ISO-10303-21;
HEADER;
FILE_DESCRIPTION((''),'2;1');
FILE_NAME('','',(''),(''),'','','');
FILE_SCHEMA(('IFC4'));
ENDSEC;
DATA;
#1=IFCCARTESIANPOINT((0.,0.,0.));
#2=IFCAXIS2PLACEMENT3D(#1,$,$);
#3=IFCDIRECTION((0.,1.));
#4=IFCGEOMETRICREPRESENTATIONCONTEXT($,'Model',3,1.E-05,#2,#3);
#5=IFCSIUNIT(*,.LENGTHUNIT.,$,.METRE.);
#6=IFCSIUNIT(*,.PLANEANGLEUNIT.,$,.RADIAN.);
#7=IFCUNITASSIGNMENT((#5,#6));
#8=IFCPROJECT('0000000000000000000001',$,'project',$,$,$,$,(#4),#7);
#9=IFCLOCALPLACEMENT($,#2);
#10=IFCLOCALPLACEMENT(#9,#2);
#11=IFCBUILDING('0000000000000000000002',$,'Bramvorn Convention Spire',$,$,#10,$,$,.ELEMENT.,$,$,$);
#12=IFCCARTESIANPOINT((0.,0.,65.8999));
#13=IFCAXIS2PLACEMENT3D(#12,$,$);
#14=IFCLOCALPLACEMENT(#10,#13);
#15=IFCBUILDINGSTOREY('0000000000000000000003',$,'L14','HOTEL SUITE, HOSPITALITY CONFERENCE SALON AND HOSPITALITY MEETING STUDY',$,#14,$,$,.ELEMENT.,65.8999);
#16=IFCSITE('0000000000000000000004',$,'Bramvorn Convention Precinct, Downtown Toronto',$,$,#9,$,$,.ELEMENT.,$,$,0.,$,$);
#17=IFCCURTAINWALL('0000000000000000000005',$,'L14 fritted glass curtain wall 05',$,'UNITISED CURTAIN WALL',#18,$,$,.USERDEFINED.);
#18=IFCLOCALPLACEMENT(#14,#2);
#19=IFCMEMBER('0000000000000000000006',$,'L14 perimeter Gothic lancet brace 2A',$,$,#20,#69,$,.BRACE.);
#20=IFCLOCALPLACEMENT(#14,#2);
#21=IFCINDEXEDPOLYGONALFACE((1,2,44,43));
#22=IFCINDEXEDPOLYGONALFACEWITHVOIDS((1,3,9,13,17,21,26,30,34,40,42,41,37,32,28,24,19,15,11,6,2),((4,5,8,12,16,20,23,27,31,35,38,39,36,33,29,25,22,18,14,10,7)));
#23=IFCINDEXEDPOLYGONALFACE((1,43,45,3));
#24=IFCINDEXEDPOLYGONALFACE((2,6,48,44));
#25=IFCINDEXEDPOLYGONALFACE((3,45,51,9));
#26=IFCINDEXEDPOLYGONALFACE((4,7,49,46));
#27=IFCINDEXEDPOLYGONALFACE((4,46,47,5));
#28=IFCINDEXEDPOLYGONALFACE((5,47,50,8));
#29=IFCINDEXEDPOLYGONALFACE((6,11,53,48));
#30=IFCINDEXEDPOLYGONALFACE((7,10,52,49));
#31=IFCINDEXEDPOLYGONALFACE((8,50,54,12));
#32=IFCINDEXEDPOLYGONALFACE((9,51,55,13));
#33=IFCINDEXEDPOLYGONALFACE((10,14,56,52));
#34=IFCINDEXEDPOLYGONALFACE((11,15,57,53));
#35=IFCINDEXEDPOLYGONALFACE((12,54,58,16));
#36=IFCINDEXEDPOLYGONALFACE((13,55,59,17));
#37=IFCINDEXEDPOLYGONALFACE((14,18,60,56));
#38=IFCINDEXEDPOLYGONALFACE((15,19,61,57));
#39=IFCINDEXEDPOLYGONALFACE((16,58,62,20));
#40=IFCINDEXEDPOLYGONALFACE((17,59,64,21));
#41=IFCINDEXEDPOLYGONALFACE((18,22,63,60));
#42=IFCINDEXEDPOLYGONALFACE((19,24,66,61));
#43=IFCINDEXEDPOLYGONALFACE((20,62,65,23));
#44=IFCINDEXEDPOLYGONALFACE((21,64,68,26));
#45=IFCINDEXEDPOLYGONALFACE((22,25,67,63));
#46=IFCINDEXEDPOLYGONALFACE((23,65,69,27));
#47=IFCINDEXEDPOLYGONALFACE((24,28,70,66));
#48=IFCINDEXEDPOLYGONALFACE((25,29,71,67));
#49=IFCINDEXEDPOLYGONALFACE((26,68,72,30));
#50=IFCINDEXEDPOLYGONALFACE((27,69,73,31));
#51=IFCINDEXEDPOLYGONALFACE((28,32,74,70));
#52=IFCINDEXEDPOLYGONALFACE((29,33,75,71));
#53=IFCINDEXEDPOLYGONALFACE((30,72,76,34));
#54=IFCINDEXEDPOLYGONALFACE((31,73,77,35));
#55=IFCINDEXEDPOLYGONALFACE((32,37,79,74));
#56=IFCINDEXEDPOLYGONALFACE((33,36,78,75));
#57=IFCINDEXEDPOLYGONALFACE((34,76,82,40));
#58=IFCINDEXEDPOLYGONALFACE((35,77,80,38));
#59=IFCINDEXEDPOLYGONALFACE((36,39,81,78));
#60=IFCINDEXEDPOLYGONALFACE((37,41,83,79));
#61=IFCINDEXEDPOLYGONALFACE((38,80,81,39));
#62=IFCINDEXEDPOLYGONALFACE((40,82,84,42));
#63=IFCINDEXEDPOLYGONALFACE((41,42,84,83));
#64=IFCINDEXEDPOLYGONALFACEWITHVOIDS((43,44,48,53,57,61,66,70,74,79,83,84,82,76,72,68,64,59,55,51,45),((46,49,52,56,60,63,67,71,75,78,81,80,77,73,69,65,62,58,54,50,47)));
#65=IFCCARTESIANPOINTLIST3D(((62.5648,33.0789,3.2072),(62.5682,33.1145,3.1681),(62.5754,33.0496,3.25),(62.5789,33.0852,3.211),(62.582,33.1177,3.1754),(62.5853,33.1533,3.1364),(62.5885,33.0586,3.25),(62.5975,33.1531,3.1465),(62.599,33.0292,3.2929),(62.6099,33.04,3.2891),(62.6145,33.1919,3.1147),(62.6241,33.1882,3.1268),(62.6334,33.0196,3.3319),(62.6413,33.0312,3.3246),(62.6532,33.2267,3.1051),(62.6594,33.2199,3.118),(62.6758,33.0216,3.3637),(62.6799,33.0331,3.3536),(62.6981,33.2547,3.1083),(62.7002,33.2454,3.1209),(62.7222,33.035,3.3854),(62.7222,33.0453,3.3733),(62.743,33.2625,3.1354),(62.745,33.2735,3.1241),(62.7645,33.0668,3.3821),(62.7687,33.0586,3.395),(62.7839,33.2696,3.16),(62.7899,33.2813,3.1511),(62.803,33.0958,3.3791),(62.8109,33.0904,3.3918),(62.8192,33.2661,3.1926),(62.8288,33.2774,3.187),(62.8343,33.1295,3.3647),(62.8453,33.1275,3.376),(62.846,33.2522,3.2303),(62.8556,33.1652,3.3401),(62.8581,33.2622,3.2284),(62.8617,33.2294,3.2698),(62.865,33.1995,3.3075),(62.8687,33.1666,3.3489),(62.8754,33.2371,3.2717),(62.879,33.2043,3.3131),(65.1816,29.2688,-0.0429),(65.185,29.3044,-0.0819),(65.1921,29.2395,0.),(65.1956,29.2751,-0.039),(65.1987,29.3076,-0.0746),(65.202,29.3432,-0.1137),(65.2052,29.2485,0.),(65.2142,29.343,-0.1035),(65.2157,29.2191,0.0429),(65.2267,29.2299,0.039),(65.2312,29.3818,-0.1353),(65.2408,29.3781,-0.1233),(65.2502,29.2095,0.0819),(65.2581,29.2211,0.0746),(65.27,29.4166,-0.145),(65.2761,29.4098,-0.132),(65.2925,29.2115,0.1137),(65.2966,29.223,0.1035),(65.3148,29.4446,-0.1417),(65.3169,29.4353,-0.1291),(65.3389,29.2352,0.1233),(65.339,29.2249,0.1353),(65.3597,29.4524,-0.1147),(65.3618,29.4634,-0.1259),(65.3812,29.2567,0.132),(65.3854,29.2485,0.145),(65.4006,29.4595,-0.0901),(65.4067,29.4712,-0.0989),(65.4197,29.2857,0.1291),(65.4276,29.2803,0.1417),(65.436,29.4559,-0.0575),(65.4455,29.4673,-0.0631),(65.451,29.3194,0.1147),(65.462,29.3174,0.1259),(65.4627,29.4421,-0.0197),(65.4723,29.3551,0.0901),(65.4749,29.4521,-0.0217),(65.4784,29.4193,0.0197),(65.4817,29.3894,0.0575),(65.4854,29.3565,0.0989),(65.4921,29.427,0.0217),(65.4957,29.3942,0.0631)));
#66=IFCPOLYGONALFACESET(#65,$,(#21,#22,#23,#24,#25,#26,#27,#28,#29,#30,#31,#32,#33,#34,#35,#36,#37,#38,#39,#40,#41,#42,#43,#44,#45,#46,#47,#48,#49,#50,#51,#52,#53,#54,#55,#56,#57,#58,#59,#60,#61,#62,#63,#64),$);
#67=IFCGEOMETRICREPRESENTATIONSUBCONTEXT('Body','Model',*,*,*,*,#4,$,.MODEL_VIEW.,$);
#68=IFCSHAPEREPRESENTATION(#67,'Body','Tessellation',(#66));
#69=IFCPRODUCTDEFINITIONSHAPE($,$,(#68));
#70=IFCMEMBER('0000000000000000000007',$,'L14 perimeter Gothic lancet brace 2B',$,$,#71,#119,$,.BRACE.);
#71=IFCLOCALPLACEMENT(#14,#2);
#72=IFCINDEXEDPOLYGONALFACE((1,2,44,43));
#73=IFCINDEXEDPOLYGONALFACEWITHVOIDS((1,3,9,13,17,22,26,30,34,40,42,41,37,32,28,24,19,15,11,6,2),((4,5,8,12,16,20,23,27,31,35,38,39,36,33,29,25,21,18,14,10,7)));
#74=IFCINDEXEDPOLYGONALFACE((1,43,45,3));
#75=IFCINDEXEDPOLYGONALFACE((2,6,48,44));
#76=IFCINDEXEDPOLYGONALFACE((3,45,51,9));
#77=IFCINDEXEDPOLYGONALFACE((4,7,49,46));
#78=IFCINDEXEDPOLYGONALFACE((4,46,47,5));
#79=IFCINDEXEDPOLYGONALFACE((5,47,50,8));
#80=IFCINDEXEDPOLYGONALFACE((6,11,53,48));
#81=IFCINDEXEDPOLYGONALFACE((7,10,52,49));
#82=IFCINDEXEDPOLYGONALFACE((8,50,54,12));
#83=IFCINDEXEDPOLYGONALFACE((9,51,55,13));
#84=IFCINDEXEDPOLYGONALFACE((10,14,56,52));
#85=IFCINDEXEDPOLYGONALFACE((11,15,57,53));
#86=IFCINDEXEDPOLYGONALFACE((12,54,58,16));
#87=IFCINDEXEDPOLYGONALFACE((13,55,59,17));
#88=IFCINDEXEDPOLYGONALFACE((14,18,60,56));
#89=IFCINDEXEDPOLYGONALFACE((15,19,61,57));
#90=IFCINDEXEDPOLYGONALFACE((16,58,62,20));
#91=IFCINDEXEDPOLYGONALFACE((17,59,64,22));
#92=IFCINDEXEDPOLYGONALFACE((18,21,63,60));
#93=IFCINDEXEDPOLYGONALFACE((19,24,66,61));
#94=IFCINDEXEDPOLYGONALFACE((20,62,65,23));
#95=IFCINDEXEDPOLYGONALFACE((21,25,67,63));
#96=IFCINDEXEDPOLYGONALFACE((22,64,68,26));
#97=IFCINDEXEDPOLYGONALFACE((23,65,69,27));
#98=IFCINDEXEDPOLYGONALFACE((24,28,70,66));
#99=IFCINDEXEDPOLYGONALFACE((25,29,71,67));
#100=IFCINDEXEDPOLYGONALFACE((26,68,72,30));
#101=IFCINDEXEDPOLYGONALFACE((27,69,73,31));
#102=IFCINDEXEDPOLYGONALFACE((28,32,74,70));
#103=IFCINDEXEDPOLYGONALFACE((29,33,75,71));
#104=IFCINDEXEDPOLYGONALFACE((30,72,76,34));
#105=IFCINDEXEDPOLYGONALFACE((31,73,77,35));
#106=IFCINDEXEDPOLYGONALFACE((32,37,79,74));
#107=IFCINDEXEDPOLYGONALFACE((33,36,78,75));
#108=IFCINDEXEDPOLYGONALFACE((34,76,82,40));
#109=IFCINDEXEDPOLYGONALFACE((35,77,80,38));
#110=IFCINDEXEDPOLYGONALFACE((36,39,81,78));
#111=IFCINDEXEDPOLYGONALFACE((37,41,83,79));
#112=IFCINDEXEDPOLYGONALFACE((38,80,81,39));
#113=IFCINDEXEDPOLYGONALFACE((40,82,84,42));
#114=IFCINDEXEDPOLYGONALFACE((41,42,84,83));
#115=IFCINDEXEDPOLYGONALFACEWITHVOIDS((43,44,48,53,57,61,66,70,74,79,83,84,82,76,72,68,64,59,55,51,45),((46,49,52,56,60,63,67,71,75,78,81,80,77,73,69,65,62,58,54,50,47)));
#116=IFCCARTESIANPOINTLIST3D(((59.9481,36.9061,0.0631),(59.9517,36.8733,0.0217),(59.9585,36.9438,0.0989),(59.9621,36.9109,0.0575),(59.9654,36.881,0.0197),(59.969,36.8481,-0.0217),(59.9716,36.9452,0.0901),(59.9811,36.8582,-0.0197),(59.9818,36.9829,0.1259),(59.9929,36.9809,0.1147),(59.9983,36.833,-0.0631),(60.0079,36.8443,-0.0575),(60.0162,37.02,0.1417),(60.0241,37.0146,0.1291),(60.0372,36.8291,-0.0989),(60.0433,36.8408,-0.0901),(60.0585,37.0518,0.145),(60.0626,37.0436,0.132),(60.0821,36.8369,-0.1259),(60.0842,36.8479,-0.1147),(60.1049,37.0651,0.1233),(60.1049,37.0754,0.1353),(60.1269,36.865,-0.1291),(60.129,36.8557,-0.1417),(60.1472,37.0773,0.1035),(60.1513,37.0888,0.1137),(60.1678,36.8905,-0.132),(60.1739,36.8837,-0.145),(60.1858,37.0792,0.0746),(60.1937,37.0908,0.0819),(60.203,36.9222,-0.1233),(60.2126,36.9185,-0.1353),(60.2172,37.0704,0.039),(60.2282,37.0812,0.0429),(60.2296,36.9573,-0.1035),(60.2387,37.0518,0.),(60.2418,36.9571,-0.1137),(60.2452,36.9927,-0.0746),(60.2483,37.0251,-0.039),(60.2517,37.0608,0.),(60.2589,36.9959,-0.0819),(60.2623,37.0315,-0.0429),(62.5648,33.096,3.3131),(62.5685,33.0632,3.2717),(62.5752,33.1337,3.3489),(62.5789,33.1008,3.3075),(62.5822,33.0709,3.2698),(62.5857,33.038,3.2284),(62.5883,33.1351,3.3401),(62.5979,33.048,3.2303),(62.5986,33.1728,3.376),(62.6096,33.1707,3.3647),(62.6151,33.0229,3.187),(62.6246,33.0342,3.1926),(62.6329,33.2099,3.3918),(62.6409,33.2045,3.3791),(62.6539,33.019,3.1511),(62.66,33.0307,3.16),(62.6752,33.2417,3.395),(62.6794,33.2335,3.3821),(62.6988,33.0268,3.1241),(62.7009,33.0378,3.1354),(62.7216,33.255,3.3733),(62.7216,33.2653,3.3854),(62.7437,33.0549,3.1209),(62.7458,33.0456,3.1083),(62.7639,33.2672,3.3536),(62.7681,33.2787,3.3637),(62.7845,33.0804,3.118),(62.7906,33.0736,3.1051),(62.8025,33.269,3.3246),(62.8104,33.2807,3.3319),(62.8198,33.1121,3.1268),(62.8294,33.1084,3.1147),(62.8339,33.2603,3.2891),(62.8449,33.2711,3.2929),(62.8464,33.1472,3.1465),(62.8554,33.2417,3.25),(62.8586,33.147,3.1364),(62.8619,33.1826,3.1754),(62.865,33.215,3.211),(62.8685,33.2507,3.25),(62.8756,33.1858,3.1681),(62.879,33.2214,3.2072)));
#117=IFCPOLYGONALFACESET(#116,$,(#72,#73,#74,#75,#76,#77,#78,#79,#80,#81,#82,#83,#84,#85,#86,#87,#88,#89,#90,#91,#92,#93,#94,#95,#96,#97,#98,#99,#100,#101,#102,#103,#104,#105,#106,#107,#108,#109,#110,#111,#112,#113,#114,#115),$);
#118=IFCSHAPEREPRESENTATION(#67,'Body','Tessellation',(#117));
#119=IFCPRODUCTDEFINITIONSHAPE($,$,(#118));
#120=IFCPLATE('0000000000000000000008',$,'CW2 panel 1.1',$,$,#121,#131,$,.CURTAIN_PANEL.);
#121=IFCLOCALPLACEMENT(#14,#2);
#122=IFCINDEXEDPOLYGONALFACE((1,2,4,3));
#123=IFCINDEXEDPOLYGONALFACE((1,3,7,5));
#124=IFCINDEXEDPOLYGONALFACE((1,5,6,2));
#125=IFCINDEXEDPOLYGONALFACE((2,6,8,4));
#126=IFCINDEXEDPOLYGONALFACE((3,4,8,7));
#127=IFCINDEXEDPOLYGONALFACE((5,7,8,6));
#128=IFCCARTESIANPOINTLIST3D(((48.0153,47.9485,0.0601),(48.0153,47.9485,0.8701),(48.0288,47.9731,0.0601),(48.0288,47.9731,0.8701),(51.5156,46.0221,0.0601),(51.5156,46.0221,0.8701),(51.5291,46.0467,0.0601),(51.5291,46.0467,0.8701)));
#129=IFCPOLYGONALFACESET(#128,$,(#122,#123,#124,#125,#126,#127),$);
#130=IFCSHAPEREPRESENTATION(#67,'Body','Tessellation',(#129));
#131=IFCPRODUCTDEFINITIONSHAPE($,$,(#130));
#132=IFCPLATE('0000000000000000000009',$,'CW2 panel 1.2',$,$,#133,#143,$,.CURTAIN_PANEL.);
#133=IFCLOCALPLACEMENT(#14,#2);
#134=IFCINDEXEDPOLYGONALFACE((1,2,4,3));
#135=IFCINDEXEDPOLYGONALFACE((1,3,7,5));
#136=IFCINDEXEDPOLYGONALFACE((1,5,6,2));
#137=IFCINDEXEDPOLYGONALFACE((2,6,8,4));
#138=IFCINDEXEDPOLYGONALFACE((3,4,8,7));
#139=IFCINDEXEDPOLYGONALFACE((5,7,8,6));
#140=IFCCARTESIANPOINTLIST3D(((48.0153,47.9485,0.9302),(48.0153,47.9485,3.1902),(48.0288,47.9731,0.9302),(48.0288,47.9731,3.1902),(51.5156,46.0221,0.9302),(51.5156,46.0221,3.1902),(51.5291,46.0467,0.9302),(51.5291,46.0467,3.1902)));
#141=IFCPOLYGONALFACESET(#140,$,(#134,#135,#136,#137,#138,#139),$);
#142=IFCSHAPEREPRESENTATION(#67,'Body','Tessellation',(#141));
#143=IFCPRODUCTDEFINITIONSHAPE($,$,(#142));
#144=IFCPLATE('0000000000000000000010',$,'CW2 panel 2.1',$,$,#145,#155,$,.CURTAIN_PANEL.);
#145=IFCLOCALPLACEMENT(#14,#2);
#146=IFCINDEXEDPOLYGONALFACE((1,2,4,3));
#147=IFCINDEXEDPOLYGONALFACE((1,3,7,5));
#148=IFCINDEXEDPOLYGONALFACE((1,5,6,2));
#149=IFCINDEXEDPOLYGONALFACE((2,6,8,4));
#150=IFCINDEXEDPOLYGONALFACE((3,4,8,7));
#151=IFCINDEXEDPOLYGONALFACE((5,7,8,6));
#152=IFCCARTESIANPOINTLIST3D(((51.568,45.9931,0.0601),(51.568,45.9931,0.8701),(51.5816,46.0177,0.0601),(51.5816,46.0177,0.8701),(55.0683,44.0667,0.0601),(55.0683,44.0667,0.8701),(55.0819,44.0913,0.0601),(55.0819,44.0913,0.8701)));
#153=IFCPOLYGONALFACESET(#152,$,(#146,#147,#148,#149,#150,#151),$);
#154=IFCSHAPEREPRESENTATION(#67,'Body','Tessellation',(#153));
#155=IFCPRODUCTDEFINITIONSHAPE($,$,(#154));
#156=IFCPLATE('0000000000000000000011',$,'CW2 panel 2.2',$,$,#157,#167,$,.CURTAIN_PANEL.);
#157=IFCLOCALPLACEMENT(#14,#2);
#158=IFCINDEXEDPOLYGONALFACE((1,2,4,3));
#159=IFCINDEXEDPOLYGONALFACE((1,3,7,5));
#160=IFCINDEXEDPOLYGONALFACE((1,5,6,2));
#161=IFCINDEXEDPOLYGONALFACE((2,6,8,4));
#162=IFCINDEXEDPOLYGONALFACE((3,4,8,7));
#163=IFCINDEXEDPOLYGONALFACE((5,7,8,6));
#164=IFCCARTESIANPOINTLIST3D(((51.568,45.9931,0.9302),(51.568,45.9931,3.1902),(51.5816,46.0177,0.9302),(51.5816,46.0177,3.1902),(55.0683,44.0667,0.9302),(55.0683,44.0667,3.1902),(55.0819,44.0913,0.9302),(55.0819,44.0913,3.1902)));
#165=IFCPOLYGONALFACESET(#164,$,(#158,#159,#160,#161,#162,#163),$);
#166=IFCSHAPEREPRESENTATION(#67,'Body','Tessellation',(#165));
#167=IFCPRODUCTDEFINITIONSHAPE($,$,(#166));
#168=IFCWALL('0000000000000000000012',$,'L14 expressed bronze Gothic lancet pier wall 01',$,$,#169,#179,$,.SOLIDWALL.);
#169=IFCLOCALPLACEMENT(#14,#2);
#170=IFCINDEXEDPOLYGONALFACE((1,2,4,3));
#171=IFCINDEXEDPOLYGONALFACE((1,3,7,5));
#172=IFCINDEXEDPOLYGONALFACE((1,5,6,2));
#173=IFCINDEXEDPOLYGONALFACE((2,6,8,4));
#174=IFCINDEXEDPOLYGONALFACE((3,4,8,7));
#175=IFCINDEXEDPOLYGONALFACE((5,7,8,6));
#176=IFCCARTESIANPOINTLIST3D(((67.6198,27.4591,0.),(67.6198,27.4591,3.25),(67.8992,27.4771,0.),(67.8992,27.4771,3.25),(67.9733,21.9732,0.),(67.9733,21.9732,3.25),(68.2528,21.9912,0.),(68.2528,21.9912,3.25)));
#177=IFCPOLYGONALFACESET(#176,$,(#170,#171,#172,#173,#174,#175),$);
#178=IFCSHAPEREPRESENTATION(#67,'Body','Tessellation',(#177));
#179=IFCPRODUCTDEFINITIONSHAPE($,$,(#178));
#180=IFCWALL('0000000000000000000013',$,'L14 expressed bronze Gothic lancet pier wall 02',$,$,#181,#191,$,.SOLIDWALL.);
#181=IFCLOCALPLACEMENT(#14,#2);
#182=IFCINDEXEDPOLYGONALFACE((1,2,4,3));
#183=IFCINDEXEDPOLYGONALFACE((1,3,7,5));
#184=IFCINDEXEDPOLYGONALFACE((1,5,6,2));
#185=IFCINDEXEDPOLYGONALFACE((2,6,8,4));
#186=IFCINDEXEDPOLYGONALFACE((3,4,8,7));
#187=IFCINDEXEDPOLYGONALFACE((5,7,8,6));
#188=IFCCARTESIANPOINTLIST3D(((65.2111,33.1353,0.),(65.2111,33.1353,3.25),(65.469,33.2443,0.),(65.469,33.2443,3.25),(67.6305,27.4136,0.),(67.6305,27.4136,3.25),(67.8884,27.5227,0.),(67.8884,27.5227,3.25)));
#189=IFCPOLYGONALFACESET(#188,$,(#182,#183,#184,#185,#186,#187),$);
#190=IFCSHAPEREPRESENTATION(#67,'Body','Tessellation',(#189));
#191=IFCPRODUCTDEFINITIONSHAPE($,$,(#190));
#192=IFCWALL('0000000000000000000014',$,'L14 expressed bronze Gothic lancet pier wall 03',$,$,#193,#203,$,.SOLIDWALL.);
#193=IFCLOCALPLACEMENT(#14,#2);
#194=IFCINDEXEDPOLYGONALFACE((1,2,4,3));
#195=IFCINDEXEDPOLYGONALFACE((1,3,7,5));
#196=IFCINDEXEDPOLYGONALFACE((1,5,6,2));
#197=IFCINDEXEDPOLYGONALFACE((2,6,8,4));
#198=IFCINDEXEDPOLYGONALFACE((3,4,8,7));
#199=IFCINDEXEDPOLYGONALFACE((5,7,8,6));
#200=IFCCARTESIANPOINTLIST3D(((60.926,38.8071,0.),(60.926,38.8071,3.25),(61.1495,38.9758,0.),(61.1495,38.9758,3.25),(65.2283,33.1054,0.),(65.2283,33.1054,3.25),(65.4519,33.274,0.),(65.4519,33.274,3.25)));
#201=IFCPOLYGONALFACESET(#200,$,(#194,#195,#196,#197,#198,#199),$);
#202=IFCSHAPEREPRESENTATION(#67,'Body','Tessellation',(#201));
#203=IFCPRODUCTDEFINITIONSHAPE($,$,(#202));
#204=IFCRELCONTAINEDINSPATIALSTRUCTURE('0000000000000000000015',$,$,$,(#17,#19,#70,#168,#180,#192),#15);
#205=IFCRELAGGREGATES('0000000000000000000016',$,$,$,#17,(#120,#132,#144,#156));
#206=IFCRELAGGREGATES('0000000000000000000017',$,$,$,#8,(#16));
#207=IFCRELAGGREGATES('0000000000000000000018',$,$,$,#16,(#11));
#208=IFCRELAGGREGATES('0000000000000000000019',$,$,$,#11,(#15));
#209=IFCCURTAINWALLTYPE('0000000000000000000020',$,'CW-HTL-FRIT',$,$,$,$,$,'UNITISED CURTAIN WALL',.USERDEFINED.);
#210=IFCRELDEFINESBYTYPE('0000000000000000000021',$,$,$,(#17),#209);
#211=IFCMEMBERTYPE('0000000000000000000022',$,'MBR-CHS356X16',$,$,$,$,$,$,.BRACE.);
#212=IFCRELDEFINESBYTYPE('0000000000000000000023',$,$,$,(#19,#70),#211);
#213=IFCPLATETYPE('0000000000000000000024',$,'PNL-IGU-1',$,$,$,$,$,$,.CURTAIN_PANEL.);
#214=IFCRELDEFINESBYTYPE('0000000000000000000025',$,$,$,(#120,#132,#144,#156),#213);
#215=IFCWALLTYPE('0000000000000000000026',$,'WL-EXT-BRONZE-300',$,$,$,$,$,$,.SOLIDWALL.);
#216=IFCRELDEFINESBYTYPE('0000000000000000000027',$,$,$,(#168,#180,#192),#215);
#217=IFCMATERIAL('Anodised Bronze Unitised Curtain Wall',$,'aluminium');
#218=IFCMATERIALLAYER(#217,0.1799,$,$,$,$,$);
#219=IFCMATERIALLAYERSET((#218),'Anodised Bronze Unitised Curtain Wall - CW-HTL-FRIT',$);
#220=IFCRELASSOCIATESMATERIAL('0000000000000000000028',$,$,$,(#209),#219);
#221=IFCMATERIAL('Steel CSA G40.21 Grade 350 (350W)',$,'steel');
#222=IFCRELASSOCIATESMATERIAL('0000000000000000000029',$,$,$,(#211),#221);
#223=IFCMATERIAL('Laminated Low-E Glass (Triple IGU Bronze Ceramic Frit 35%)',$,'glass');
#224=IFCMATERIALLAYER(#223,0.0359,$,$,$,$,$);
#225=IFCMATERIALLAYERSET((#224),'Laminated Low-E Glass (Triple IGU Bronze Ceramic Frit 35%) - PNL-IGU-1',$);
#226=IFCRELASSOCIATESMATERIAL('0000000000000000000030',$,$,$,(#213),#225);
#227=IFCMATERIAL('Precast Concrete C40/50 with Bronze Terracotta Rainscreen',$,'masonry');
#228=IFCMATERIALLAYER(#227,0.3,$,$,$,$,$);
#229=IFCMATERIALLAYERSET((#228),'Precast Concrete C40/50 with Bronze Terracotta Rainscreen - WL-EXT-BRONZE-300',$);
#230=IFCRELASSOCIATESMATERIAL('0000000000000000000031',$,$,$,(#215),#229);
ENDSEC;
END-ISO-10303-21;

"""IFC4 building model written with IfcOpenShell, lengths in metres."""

from ifc_helpers import new_model, si_unit, direction, frame, frame_2d, origin, origin_2d, place, context, subcontext, project, spatial, rectangle, hollow_circle, extrude, material, layer, layer_set, material_profile, profile_set, type_object, element, aggregate, save


model = new_model("IFC4")

# Units and contexts
model_context = context("Model", 3, precision=1e-05, world=origin(), true_north=direction((0.0, 1.0)))
body_context = subcontext(model_context, "Body", "Model", "MODEL_VIEW")
ifc_project = project(units=[si_unit("LENGTHUNIT", "METRE"), si_unit("PLANEANGLEUNIT", "RADIAN")], contexts=[model_context])

# Site, building, storey
site_placement = place(None, origin())
site = spatial("IfcSite", under=ifc_project, at=site_placement, Name="Bramvorn Convention Precinct, Downtown Toronto", CompositionType="ELEMENT", RefElevation=0.0)
building_placement = place(site_placement, origin())
building = spatial("IfcBuilding", under=site, at=building_placement, Name="Bramvorn Convention Spire", CompositionType="ELEMENT")
storey_placement = place(building_placement, frame((0.0, 0.0, 65.8999)))
storey = spatial("IfcBuildingStorey", under=building, at=storey_placement, Name="L14", Description="HOTEL SUITE, HOSPITALITY CONFERENCE SALON AND HOSPITALITY MEETING STUDY", CompositionType="ELEMENT", Elevation=65.8999)

# Shared definitions
ifc_material_1 = material(Name="Steel CSA G40.21 Grade 350 (350W)", Category="steel")

# Curtain wall
ifc_material_2 = material(Name="Anodised Bronze Unitised Curtain Wall", Category="aluminium")
ifc_layer_1 = layer(ifc_material_2, 0.1799)
ifc_layer_set_1 = layer_set([ifc_layer_1], Name="Anodised Bronze Unitised Curtain Wall - CW-HTL-FRIT")
curtain_wall_type = type_object("IfcCurtainWallType", Name="CW-HTL-FRIT", ElementType="UNITISED CURTAIN WALL", PredefinedType="USERDEFINED", material=ifc_layer_set_1)
curtain_wall_placement = place(storey_placement, origin())
curtain_wall = element("IfcCurtainWall", 1, at=curtain_wall_placement, inside=storey, type_object=curtain_wall_type, Name="L14 fritted glass curtain wall 05", ObjectType="UNITISED CURTAIN WALL", PredefinedType="USERDEFINED")

# Members
ifc_material_profile_1 = material_profile(ifc_material_1, hollow_circle(Radius=0.1777, WallThickness=0.0159, at=origin_2d()))
ifc_profile_set_1 = profile_set([ifc_material_profile_1], Name="Steel CSA G40.21 Grade 350 (350W) - CHS356X16")
member_type_1 = type_object("IfcMemberType", Name="MBR-CHS356X16", PredefinedType="BRACE", material=ifc_profile_set_1)
for number, where, z_axis, x_axis, name in (
    (2, (65.3386, 29.3401, 0.0), (-0.463106, 0.674308, 0.575188), (-0.824316, -0.56613, 0.0), "L14 perimeter Gothic lancet brace 2A"),
    (3, (60.1052, 36.9602, 0.0), (0.463106, -0.674308, 0.575188), (0.824316, 0.56613, 0.0), "L14 perimeter Gothic lancet brace 2B"),
):
    element("IfcMember", number, at=place(storey_placement, frame(where, z_axis=z_axis, x_axis=x_axis)), inside=storey, type_object=member_type_1, Name=name, PredefinedType="BRACE", context=body_context, shape_type="SweptSolid", body=[
        extrude(hollow_circle(Radius=0.1777, WallThickness=0.0159, at=origin_2d()), origin(), (0.0, 0.0, 1.0), 5.6504),
    ])

# Plates
ifc_material_3 = material(Name="Laminated Low-E Glass (Triple IGU Bronze Ceramic Frit 35%)", Category="glass")
ifc_layer_2 = layer(ifc_material_3, 0.0359)
ifc_layer_set_2 = layer_set([ifc_layer_2], Name="Laminated Low-E Glass (Triple IGU Bronze Ceramic Frit 35%) - PNL-IGU-1")
plate_type = type_object("IfcPlateType", Name="PNL-IGU-1", PredefinedType="CURTAIN_PANEL", material=ifc_layer_set_2)
plate_1_placement = place(storey_placement, frame((49.7722, 46.9976, 0.0601), z_axis=(0.0, 0.0, 1.0), x_axis=(0.876085, -0.482157, 0.0)))
plate_1 = element("IfcPlate", 4, at=plate_1_placement, type_object=plate_type, Name="CW2 panel 1.1", PredefinedType="CURTAIN_PANEL", context=body_context, shape_type="SweptSolid", body=[
    extrude(rectangle(XDim=3.9954, YDim=0.0281, at=origin_2d()), origin(), (0.0, 0.0, 1.0), 0.8101),
])
plate_2_placement = place(storey_placement, frame((49.7722, 46.9976, 0.9302), z_axis=(0.0, 0.0, 1.0), x_axis=(0.876085, -0.482157, 0.0)))
plate_2 = element("IfcPlate", 5, at=plate_2_placement, type_object=plate_type, Name="CW2 panel 1.2", PredefinedType="CURTAIN_PANEL", context=body_context, shape_type="SweptSolid", body=[
    extrude(rectangle(XDim=3.9954, YDim=0.0281, at=origin_2d()), origin(), (0.0, 0.0, 1.0), 2.26),
])
plate_3_placement = place(storey_placement, frame((53.325, 45.0422, 0.0601), z_axis=(0.0, 0.0, 1.0), x_axis=(0.876085, -0.482157, 0.0)))
plate_3 = element("IfcPlate", 6, at=plate_3_placement, type_object=plate_type, Name="CW2 panel 2.1", PredefinedType="CURTAIN_PANEL", context=body_context, shape_type="SweptSolid", body=[
    extrude(rectangle(XDim=3.9954, YDim=0.0281, at=origin_2d()), origin(), (0.0, 0.0, 1.0), 0.8101),
])
plate_4_placement = place(storey_placement, frame((53.325, 45.0422, 0.9302), z_axis=(0.0, 0.0, 1.0), x_axis=(0.876085, -0.482157, 0.0)))
plate_4 = element("IfcPlate", 7, at=plate_4_placement, type_object=plate_type, Name="CW2 panel 2.2", PredefinedType="CURTAIN_PANEL", context=body_context, shape_type="SweptSolid", body=[
    extrude(rectangle(XDim=3.9954, YDim=0.0281, at=origin_2d()), origin(), (0.0, 0.0, 1.0), 2.26),
])
aggregate(curtain_wall, [plate_1, plate_2, plate_3, plate_4])

# Walls
ifc_material_4 = material(Name="Precast Concrete C40/50 with Bronze Terracotta Rainscreen", Category="masonry")
ifc_layer_3 = layer(ifc_material_4, 0.3)
ifc_layer_set_3 = layer_set([ifc_layer_3], Name="Precast Concrete C40/50 with Bronze Terracotta Rainscreen - WL-EXT-BRONZE-300")
wall_type_1 = type_object("IfcWallType", Name="WL-EXT-BRONZE-300", PredefinedType="SOLIDWALL", material=ifc_layer_set_3)
wall_1_placement = place(storey_placement, frame((67.7595, 27.468, 0.0), z_axis=(0.0, 0.0, 1.0), x_axis=(0.064308, -0.99793, 0.0)))
element("IfcWall", 8, at=wall_1_placement, inside=storey, type_object=wall_type_1, Name="L14 expressed bronze Gothic lancet pier wall 01", PredefinedType="SOLIDWALL", context=body_context, shape_type="SweptSolid", body=[
    extrude(rectangle(XDim=5.4973, YDim=0.28, at=frame_2d((2.7485, 0.0))), origin(), (0.0, 0.0, 1.0), 3.25),
])
wall_2_placement = place(storey_placement, frame((65.3401, 33.1897, 0.0), z_axis=(0.0, 0.0, 1.0), x_axis=(0.389466, -0.921041, 0.0)))
element("IfcWall", 9, at=wall_2_placement, inside=storey, type_object=wall_type_1, Name="L14 expressed bronze Gothic lancet pier wall 02", PredefinedType="SOLIDWALL", context=body_context, shape_type="SweptSolid", body=[
    extrude(rectangle(XDim=6.2122, YDim=0.28, at=frame_2d((3.106, 0.0))), origin(), (0.0, 0.0, 1.0), 3.25),
])
wall_3_placement = place(storey_placement, frame((61.0378, 38.8914, 0.0), z_axis=(0.0, 0.0, 1.0), x_axis=(0.602327, -0.798249, 0.0)))
element("IfcWall", 10, at=wall_3_placement, inside=storey, type_object=wall_type_1, Name="L14 expressed bronze Gothic lancet pier wall 03", PredefinedType="SOLIDWALL", context=body_context, shape_type="SweptSolid", body=[
    extrude(rectangle(XDim=7.1428, YDim=0.28, at=frame_2d((3.5713, 0.0))), origin(), (0.0, 0.0, 1.0), 3.25),
])

save(model, "model.ifc")
